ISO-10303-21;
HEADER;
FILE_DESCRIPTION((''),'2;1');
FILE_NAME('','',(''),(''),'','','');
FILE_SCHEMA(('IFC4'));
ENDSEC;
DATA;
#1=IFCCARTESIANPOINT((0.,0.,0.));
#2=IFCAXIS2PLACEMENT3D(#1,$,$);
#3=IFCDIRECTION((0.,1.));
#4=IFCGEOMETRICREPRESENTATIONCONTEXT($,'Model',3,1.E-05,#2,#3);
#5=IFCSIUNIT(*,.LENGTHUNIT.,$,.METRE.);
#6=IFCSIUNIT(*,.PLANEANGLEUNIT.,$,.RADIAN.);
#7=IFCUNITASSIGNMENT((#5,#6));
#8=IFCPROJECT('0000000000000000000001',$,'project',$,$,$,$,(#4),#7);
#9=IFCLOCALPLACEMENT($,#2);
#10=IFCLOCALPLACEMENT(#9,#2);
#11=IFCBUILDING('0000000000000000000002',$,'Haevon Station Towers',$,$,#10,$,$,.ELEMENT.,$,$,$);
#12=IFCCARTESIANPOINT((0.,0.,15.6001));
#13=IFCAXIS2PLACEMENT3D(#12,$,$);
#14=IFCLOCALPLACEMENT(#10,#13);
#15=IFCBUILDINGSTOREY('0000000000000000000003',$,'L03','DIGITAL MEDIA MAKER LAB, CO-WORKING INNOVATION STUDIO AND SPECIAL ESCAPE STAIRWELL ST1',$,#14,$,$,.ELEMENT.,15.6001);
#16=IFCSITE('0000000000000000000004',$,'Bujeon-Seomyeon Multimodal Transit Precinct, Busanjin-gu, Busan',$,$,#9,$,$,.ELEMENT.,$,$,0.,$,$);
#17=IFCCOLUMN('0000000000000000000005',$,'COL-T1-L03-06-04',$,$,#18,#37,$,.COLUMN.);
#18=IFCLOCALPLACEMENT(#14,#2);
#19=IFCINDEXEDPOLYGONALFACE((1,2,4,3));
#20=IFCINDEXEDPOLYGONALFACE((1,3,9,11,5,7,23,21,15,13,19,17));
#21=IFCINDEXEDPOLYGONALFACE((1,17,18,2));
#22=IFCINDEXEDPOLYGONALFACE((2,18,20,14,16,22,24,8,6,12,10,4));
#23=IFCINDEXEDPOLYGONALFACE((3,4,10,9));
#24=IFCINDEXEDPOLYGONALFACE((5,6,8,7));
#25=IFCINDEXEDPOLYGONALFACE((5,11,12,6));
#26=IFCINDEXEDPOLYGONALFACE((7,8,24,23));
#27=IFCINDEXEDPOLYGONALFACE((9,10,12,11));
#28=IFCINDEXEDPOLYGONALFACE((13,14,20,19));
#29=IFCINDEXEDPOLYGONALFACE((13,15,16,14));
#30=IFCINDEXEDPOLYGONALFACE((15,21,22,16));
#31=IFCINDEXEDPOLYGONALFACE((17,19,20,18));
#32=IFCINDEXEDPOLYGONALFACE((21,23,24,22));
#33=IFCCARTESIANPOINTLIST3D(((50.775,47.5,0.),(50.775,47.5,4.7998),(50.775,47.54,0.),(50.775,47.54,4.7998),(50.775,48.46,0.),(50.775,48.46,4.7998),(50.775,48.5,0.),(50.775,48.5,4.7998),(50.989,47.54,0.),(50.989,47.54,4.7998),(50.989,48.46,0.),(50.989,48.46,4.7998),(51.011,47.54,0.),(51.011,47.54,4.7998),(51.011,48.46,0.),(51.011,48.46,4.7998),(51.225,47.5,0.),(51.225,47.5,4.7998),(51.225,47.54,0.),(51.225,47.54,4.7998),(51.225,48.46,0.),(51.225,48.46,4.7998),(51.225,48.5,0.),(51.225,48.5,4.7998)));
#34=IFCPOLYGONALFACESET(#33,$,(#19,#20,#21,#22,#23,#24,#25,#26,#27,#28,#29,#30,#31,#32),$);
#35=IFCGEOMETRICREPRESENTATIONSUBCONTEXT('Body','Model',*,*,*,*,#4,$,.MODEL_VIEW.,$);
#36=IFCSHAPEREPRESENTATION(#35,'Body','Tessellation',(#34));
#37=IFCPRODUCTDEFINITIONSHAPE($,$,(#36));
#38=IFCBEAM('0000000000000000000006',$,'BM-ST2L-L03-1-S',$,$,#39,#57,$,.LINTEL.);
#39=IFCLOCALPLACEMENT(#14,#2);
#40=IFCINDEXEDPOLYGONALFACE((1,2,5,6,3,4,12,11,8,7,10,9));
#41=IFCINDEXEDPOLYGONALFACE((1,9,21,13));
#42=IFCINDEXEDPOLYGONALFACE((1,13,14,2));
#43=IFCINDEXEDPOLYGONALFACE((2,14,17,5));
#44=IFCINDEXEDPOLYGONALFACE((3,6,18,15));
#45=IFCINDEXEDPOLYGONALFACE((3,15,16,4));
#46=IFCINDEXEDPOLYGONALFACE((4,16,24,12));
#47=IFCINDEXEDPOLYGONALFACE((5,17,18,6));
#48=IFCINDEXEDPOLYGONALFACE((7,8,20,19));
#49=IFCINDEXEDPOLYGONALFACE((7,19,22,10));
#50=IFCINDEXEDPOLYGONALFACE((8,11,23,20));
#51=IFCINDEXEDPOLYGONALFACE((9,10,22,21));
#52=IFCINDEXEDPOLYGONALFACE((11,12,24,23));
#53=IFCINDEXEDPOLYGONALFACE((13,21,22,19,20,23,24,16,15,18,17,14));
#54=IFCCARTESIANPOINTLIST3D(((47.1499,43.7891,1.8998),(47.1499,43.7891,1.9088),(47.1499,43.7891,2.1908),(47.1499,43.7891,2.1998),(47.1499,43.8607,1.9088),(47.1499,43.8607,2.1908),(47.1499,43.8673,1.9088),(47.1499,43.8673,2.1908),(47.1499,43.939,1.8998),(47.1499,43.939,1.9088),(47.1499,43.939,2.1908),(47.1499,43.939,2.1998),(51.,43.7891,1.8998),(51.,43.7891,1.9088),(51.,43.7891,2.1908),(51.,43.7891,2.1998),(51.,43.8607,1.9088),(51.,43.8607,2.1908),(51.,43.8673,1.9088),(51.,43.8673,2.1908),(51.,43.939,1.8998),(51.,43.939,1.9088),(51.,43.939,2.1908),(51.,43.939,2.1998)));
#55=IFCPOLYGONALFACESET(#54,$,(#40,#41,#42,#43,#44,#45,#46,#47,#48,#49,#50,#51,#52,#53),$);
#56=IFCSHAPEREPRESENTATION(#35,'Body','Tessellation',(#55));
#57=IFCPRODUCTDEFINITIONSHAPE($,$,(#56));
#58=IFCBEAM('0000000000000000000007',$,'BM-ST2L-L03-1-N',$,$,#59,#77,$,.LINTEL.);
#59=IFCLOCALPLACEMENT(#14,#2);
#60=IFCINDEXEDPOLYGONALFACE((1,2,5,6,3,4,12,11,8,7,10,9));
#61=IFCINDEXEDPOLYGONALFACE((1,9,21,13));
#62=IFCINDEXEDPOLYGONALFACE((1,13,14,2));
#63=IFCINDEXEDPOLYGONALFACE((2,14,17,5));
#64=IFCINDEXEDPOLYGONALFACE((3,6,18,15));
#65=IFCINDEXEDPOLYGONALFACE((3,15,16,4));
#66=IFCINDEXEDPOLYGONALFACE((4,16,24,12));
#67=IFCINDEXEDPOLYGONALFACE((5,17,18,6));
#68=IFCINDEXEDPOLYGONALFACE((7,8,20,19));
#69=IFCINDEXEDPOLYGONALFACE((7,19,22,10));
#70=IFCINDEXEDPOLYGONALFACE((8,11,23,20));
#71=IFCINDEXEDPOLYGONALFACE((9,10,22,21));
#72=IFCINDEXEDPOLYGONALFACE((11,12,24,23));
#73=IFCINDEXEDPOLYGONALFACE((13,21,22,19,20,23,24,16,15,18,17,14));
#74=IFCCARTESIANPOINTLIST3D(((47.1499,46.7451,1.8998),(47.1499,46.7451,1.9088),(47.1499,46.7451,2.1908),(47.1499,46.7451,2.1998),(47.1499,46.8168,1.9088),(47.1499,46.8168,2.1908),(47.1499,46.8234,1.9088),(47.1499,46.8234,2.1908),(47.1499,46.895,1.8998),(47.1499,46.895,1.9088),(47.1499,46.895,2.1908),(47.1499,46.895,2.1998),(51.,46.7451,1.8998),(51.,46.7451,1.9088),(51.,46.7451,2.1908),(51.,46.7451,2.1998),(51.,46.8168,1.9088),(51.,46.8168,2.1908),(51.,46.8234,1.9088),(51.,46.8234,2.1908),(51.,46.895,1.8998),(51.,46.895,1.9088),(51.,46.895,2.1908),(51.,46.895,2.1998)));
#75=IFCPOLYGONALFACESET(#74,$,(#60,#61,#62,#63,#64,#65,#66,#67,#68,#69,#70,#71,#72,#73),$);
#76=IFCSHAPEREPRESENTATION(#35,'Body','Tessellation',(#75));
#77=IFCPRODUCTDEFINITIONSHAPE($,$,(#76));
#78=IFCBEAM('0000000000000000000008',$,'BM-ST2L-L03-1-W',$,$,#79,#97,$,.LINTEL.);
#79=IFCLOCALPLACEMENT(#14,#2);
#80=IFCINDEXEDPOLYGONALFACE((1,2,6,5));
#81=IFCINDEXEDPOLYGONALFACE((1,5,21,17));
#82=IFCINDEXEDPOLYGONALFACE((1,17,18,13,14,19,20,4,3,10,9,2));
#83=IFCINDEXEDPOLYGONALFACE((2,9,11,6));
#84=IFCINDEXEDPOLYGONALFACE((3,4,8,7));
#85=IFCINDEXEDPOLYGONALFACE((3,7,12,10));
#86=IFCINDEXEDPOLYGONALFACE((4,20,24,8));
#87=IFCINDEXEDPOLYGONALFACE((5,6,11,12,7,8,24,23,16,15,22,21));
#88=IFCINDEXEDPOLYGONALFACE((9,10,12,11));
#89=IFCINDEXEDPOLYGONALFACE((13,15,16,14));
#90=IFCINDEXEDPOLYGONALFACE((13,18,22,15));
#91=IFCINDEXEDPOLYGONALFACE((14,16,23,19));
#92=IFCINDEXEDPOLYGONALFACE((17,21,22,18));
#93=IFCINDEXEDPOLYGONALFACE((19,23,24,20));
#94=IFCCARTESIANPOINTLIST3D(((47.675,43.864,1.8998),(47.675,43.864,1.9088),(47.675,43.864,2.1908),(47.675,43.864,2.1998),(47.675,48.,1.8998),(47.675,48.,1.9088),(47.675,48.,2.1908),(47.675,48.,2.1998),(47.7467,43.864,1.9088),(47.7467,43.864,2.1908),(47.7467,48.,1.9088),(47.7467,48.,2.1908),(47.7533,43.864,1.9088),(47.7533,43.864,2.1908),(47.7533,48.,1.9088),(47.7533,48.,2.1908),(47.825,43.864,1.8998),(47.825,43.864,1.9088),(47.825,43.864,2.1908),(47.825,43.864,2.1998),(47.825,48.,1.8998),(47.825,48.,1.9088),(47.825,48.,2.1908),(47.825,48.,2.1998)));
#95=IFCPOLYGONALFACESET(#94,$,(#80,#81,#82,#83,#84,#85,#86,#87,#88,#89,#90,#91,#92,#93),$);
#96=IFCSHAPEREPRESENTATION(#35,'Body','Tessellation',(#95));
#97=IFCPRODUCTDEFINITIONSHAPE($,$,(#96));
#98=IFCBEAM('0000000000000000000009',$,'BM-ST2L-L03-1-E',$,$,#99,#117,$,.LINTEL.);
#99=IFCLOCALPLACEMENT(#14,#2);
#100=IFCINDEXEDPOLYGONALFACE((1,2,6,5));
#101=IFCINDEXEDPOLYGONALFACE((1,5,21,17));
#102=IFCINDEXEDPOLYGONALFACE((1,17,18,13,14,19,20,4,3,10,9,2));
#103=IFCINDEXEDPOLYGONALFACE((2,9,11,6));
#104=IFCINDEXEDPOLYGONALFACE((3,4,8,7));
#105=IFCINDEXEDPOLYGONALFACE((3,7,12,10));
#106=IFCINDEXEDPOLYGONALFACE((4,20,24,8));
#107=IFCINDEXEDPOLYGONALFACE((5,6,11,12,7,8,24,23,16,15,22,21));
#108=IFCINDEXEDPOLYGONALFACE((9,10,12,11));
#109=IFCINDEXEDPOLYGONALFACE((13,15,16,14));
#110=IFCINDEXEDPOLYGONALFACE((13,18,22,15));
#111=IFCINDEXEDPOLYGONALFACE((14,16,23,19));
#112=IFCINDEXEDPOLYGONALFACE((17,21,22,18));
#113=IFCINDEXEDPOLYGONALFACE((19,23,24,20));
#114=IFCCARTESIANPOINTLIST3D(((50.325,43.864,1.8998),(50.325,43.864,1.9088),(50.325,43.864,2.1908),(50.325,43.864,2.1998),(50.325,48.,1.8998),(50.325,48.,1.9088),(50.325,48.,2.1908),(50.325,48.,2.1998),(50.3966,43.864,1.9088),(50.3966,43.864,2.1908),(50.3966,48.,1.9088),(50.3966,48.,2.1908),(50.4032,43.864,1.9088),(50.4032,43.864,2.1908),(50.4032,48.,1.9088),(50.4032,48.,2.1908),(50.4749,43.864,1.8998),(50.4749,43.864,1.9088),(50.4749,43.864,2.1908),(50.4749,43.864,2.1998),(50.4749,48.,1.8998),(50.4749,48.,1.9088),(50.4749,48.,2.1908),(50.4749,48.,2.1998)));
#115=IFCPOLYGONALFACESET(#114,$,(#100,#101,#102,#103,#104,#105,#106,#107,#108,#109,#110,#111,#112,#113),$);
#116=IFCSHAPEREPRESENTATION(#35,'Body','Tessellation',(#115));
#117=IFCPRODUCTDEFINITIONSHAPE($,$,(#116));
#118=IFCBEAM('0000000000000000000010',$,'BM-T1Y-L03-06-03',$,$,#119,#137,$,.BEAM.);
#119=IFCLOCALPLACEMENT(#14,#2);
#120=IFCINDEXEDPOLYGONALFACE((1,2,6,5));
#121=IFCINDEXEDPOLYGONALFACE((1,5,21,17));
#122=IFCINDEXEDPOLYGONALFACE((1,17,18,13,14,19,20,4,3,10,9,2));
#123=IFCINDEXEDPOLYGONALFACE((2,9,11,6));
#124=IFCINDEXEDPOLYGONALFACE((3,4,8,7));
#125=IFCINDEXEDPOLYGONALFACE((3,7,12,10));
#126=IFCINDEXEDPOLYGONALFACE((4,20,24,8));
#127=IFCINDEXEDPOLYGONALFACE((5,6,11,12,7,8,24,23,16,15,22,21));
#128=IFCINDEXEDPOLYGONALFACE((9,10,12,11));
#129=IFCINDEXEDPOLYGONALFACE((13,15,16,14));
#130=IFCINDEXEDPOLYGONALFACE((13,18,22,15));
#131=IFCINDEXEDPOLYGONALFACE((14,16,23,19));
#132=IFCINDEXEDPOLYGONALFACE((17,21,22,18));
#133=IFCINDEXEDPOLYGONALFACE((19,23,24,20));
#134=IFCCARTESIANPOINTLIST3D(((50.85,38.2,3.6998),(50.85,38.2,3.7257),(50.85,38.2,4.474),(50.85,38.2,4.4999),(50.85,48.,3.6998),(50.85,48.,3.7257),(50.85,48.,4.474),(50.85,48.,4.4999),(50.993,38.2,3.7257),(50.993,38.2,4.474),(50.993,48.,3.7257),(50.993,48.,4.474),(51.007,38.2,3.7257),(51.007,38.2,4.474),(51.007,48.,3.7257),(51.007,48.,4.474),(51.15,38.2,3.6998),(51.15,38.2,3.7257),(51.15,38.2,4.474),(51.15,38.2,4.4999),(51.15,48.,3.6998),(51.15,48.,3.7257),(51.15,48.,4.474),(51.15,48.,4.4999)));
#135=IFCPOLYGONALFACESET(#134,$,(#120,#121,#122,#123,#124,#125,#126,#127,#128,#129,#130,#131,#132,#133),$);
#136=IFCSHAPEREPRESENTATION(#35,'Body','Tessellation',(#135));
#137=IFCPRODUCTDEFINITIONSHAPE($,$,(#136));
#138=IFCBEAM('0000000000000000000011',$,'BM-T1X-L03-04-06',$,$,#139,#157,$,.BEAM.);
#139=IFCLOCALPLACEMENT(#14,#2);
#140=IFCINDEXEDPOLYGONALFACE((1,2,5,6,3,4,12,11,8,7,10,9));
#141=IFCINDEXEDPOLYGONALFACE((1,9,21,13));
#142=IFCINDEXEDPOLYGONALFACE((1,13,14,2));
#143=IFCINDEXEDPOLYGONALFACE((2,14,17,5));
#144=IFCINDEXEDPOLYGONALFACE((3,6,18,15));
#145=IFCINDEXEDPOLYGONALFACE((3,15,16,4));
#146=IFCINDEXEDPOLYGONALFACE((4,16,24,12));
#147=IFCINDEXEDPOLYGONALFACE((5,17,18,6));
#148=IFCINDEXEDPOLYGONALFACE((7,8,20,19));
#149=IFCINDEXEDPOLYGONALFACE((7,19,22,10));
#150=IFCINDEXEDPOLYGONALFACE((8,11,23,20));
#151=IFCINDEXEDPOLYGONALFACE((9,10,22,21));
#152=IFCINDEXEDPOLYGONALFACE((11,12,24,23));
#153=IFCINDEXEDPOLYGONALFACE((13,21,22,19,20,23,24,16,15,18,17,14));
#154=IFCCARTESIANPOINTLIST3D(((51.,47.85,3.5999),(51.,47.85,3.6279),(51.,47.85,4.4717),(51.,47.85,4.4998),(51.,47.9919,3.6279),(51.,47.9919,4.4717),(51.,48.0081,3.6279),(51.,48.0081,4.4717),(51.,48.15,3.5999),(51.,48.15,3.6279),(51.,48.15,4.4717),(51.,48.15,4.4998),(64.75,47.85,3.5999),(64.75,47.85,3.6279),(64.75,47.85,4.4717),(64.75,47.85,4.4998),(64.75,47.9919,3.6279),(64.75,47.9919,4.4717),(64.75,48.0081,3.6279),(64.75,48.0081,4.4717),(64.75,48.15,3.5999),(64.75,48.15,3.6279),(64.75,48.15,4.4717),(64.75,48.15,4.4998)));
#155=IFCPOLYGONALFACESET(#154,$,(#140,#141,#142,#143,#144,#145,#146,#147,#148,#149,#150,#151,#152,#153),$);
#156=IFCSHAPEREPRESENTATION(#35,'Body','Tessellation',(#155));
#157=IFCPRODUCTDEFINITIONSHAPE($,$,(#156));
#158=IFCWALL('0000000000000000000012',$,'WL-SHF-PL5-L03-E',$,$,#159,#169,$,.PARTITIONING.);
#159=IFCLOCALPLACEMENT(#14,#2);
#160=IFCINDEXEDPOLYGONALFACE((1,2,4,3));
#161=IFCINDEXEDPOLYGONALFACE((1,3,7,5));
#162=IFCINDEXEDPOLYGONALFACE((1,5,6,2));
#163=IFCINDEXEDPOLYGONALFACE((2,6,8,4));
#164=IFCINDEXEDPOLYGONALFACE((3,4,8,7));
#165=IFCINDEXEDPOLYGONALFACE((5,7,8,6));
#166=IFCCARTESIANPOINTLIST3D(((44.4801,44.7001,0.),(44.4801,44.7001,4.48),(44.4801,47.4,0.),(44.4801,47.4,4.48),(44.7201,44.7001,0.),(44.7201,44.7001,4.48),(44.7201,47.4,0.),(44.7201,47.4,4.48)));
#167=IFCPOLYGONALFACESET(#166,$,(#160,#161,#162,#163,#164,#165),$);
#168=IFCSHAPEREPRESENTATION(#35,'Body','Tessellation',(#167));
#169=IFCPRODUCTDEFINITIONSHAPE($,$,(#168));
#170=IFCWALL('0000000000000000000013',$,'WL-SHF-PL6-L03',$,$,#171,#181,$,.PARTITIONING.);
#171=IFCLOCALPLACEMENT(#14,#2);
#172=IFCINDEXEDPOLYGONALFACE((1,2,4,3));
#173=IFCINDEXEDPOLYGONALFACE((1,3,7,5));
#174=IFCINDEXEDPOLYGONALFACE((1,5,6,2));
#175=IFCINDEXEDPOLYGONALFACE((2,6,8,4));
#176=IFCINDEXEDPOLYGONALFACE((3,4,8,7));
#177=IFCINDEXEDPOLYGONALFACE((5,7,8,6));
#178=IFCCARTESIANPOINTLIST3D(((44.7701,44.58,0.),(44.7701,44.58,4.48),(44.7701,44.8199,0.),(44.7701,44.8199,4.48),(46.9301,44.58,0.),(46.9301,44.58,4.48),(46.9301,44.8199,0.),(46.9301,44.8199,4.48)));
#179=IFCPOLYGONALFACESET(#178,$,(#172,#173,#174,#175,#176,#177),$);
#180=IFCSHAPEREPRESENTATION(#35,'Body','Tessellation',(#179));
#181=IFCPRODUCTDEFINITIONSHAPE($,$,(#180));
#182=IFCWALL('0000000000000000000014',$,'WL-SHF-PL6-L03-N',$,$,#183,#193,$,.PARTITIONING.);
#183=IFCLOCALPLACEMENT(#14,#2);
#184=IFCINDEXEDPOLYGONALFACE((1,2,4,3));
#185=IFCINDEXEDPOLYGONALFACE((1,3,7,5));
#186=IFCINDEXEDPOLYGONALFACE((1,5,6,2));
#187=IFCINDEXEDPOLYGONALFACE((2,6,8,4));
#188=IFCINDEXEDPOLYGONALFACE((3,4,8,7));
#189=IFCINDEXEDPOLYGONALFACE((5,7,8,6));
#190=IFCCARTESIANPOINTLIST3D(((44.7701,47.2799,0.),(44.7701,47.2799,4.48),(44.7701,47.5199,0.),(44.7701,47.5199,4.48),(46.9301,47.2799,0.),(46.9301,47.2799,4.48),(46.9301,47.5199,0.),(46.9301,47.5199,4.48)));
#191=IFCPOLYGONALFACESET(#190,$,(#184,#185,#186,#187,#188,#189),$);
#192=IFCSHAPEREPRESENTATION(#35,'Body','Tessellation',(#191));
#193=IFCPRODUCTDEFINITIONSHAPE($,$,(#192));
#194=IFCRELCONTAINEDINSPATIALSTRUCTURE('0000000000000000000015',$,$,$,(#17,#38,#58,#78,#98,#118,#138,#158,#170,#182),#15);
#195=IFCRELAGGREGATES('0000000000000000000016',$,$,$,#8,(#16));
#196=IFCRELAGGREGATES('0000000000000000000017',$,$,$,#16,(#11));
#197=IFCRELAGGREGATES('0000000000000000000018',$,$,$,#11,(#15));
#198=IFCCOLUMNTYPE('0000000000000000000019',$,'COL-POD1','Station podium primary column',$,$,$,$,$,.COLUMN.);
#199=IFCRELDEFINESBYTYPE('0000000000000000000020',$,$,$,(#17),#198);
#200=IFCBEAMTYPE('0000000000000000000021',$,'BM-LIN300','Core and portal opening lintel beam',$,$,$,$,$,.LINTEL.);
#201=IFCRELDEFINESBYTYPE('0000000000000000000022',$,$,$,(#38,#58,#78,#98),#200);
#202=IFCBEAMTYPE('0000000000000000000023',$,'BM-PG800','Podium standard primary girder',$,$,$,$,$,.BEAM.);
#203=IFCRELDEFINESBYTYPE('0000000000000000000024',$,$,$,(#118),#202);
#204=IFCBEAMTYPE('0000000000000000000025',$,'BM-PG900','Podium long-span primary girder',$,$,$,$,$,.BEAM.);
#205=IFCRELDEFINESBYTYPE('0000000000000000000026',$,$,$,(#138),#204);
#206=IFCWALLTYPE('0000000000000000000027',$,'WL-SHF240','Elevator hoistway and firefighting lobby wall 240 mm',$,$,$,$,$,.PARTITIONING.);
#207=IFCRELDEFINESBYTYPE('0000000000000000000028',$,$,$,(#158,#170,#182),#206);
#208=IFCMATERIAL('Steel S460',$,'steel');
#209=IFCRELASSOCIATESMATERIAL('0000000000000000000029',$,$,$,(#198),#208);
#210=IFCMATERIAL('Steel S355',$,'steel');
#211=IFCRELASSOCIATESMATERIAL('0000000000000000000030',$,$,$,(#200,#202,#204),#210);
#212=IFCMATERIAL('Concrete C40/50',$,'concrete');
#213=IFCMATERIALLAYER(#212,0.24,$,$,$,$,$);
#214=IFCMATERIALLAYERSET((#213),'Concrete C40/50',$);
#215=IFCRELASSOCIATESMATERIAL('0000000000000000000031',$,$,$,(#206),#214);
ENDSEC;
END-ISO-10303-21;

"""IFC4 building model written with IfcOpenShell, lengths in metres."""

from ifc_helpers import new_model, si_unit, direction, frame, frame_2d, origin, origin_2d, place, context, subcontext, project, spatial, rectangle, i_section, extrude, material, layer, layer_set, material_profile, profile_set, type_object, element, save


model = new_model("IFC4")

# Units and contexts
model_context = context("Model", 3, precision=1e-05, world=origin(), true_north=direction((0.0, 1.0)))
body_context = subcontext(model_context, "Body", "Model", "MODEL_VIEW")
ifc_project = project(units=[si_unit("LENGTHUNIT", "METRE"), si_unit("PLANEANGLEUNIT", "RADIAN")], contexts=[model_context])

# Site, building, storey
site_placement = place(None, origin())
site = spatial("IfcSite", under=ifc_project, at=site_placement, Name="Bujeon-Seomyeon Multimodal Transit Precinct, Busanjin-gu, Busan", CompositionType="ELEMENT", RefElevation=0.0)
building_placement = place(site_placement, origin())
building = spatial("IfcBuilding", under=site, at=building_placement, Name="Haevon Station Towers", CompositionType="ELEMENT")
storey_placement = place(building_placement, frame((0.0, 0.0, 15.6001)))
storey = spatial("IfcBuildingStorey", under=building, at=storey_placement, Name="L03", Description="DIGITAL MEDIA MAKER LAB, CO-WORKING INNOVATION STUDIO AND SPECIAL ESCAPE STAIRWELL ST1", CompositionType="ELEMENT", Elevation=15.6001)

# Column
ifc_material_1 = material(Name="Steel S460", Category="steel")
ifc_material_profile_1 = material_profile(ifc_material_1, i_section(OverallWidth=0.45, OverallDepth=1.0, WebThickness=0.022, FlangeThickness=0.04, at=origin_2d()), Name="H-1000x450x22x40")
ifc_profile_set_1 = profile_set([ifc_material_profile_1], Name="Steel S460")
column_type = type_object("IfcColumnType", Name="COL-POD1", Description="Station podium primary column", PredefinedType="COLUMN", material=ifc_profile_set_1)
column_placement = place(storey_placement, frame((51.0, 48.0, 0.0), z_axis=(0.0, 0.0, 1.0), x_axis=(1.0, 0.0, 0.0)))
element("IfcColumn", 1, at=column_placement, inside=storey, type_object=column_type, Name="COL-T1-L03-06-04", PredefinedType="COLUMN", context=body_context, shape_type="SweptSolid", body=[
    extrude(i_section(OverallWidth=0.45, OverallDepth=1.0, WebThickness=0.022, FlangeThickness=0.04, at=origin_2d()), origin(), (0.0, 0.0, 1.0), 4.7998),
])

# Beams
ifc_material_2 = material(Name="Steel S355", Category="steel")
ifc_material_profile_2 = material_profile(ifc_material_2, i_section(OverallWidth=0.1499, OverallDepth=0.3, WebThickness=0.0066, FlangeThickness=0.009, at=origin_2d()), Name="H-300x150x6.5x9")
ifc_profile_set_2 = profile_set([ifc_material_profile_2], Name="Steel S355")
beam_type_1 = type_object("IfcBeamType", Name="BM-LIN300", Description="Core and portal opening lintel beam", PredefinedType="LINTEL", material=ifc_profile_set_2)
for number, where, z_axis, x_axis, name in (
    (2, (47.1499, 43.864, 2.0498), (1.0, 0.0, 0.0), (0.0, 1.0, 0.0), "BM-ST2L-L03-1-S"),
    (3, (47.1499, 46.8201, 2.0498), (1.0, 0.0, 0.0), (0.0, 1.0, 0.0), "BM-ST2L-L03-1-N"),
):
    element("IfcBeam", number, at=place(storey_placement, frame(where, z_axis=z_axis, x_axis=x_axis)), inside=storey, type_object=beam_type_1, Name=name, PredefinedType="LINTEL", context=body_context, shape_type="SweptSolid", body=[
        extrude(i_section(OverallWidth=0.1499, OverallDepth=0.3, WebThickness=0.0066, FlangeThickness=0.009, at=origin_2d()), origin(), (0.0, 0.0, 1.0), 3.8501),
    ])
for number, where, z_axis, x_axis, name in (
    (4, (47.75, 43.864, 2.0498), (0.0, 1.0, 0.0), (-1.0, 0.0, 0.0), "BM-ST2L-L03-1-W"),
    (5, (50.3999, 43.864, 2.0498), (0.0, 1.0, 0.0), (-1.0, 0.0, 0.0), "BM-ST2L-L03-1-E"),
):
    element("IfcBeam", number, at=place(storey_placement, frame(where, z_axis=z_axis, x_axis=x_axis)), inside=storey, type_object=beam_type_1, Name=name, PredefinedType="LINTEL", context=body_context, shape_type="SweptSolid", body=[
        extrude(i_section(OverallWidth=0.1499, OverallDepth=0.3, WebThickness=0.0066, FlangeThickness=0.009, at=origin_2d()), origin(), (0.0, 0.0, 1.0), 4.136),
    ])
ifc_material_profile_3 = material_profile(ifc_material_2, i_section(OverallWidth=0.3, OverallDepth=0.8, WebThickness=0.0139, FlangeThickness=0.0259, at=origin_2d()), Name="H-800x300x14x26")
ifc_profile_set_3 = profile_set([ifc_material_profile_3], Name="Steel S355")
beam_type_2 = type_object("IfcBeamType", Name="BM-PG800", Description="Podium standard primary girder", PredefinedType="BEAM", material=ifc_profile_set_3)
beam_1_placement = place(storey_placement, frame((51.0, 38.2, 4.0999), z_axis=(0.0, 1.0, 0.0), x_axis=(-1.0, 0.0, 0.0)))
element("IfcBeam", 6, at=beam_1_placement, inside=storey, type_object=beam_type_2, Name="BM-T1Y-L03-06-03", PredefinedType="BEAM", context=body_context, shape_type="SweptSolid", body=[
    extrude(i_section(OverallWidth=0.3, OverallDepth=0.8, WebThickness=0.0139, FlangeThickness=0.0259, at=origin_2d()), origin(), (0.0, 0.0, 1.0), 9.8),
])
ifc_material_profile_4 = material_profile(ifc_material_2, i_section(OverallWidth=0.3, OverallDepth=0.8999, WebThickness=0.0161, FlangeThickness=0.0281, at=origin_2d()), Name="H-900x300x16x28")
ifc_profile_set_4 = profile_set([ifc_material_profile_4], Name="Steel S355")
beam_type_3 = type_object("IfcBeamType", Name="BM-PG900", Description="Podium long-span primary girder", PredefinedType="BEAM", material=ifc_profile_set_4)
beam_2_placement = place(storey_placement, frame((51.0, 48.0, 4.0498), z_axis=(1.0, 0.0, 0.0), x_axis=(0.0, 1.0, 0.0)))
element("IfcBeam", 7, at=beam_2_placement, inside=storey, type_object=beam_type_3, Name="BM-T1X-L03-04-06", PredefinedType="BEAM", context=body_context, shape_type="SweptSolid", body=[
    extrude(i_section(OverallWidth=0.3, OverallDepth=0.8999, WebThickness=0.0161, FlangeThickness=0.0281, at=origin_2d()), origin(), (0.0, 0.0, 1.0), 13.75),
])

# Walls
ifc_material_3 = material(Name="Concrete C40/50", Category="concrete")
ifc_layer = layer(ifc_material_3, 0.24)
ifc_layer_set = layer_set([ifc_layer], Name="Concrete C40/50")
wall_type = type_object("IfcWallType", Name="WL-SHF240", Description="Elevator hoistway and firefighting lobby wall 240 mm", PredefinedType="PARTITIONING", material=ifc_layer_set)
wall_placement = place(storey_placement, frame((44.6001, 44.7, 0.0), z_axis=(0.0, 0.0, 1.0), x_axis=(0.0, 1.0, 0.0)))
element("IfcWall", 8, at=wall_placement, inside=storey, type_object=wall_type, Name="WL-SHF-PL5-L03-E", PredefinedType="PARTITIONING", context=body_context, shape_type="SweptSolid", body=[
    extrude(rectangle(XDim=2.7, YDim=0.24, at=frame_2d((1.3501, 0.0))), origin(), (0.0, 0.0, 1.0), 4.48),
])
for number, where, z_axis, x_axis, name in (
    (9, (44.77, 44.7, 0.0), (0.0, 0.0, 1.0), (1.0, 0.0, 0.0), "WL-SHF-PL6-L03"),
    (10, (44.77, 47.3999, 0.0), (0.0, 0.0, 1.0), (1.0, 0.0, 0.0), "WL-SHF-PL6-L03-N"),
):
    element("IfcWall", number, at=place(storey_placement, frame(where, z_axis=z_axis, x_axis=x_axis)), inside=storey, type_object=wall_type, Name=name, PredefinedType="PARTITIONING", context=body_context, shape_type="SweptSolid", body=[
        extrude(rectangle(XDim=2.1599, YDim=0.24, at=frame_2d((1.0801, 0.0))), origin(), (0.0, 0.0, 1.0), 4.48),
    ])

save(model, "model.ifc")
